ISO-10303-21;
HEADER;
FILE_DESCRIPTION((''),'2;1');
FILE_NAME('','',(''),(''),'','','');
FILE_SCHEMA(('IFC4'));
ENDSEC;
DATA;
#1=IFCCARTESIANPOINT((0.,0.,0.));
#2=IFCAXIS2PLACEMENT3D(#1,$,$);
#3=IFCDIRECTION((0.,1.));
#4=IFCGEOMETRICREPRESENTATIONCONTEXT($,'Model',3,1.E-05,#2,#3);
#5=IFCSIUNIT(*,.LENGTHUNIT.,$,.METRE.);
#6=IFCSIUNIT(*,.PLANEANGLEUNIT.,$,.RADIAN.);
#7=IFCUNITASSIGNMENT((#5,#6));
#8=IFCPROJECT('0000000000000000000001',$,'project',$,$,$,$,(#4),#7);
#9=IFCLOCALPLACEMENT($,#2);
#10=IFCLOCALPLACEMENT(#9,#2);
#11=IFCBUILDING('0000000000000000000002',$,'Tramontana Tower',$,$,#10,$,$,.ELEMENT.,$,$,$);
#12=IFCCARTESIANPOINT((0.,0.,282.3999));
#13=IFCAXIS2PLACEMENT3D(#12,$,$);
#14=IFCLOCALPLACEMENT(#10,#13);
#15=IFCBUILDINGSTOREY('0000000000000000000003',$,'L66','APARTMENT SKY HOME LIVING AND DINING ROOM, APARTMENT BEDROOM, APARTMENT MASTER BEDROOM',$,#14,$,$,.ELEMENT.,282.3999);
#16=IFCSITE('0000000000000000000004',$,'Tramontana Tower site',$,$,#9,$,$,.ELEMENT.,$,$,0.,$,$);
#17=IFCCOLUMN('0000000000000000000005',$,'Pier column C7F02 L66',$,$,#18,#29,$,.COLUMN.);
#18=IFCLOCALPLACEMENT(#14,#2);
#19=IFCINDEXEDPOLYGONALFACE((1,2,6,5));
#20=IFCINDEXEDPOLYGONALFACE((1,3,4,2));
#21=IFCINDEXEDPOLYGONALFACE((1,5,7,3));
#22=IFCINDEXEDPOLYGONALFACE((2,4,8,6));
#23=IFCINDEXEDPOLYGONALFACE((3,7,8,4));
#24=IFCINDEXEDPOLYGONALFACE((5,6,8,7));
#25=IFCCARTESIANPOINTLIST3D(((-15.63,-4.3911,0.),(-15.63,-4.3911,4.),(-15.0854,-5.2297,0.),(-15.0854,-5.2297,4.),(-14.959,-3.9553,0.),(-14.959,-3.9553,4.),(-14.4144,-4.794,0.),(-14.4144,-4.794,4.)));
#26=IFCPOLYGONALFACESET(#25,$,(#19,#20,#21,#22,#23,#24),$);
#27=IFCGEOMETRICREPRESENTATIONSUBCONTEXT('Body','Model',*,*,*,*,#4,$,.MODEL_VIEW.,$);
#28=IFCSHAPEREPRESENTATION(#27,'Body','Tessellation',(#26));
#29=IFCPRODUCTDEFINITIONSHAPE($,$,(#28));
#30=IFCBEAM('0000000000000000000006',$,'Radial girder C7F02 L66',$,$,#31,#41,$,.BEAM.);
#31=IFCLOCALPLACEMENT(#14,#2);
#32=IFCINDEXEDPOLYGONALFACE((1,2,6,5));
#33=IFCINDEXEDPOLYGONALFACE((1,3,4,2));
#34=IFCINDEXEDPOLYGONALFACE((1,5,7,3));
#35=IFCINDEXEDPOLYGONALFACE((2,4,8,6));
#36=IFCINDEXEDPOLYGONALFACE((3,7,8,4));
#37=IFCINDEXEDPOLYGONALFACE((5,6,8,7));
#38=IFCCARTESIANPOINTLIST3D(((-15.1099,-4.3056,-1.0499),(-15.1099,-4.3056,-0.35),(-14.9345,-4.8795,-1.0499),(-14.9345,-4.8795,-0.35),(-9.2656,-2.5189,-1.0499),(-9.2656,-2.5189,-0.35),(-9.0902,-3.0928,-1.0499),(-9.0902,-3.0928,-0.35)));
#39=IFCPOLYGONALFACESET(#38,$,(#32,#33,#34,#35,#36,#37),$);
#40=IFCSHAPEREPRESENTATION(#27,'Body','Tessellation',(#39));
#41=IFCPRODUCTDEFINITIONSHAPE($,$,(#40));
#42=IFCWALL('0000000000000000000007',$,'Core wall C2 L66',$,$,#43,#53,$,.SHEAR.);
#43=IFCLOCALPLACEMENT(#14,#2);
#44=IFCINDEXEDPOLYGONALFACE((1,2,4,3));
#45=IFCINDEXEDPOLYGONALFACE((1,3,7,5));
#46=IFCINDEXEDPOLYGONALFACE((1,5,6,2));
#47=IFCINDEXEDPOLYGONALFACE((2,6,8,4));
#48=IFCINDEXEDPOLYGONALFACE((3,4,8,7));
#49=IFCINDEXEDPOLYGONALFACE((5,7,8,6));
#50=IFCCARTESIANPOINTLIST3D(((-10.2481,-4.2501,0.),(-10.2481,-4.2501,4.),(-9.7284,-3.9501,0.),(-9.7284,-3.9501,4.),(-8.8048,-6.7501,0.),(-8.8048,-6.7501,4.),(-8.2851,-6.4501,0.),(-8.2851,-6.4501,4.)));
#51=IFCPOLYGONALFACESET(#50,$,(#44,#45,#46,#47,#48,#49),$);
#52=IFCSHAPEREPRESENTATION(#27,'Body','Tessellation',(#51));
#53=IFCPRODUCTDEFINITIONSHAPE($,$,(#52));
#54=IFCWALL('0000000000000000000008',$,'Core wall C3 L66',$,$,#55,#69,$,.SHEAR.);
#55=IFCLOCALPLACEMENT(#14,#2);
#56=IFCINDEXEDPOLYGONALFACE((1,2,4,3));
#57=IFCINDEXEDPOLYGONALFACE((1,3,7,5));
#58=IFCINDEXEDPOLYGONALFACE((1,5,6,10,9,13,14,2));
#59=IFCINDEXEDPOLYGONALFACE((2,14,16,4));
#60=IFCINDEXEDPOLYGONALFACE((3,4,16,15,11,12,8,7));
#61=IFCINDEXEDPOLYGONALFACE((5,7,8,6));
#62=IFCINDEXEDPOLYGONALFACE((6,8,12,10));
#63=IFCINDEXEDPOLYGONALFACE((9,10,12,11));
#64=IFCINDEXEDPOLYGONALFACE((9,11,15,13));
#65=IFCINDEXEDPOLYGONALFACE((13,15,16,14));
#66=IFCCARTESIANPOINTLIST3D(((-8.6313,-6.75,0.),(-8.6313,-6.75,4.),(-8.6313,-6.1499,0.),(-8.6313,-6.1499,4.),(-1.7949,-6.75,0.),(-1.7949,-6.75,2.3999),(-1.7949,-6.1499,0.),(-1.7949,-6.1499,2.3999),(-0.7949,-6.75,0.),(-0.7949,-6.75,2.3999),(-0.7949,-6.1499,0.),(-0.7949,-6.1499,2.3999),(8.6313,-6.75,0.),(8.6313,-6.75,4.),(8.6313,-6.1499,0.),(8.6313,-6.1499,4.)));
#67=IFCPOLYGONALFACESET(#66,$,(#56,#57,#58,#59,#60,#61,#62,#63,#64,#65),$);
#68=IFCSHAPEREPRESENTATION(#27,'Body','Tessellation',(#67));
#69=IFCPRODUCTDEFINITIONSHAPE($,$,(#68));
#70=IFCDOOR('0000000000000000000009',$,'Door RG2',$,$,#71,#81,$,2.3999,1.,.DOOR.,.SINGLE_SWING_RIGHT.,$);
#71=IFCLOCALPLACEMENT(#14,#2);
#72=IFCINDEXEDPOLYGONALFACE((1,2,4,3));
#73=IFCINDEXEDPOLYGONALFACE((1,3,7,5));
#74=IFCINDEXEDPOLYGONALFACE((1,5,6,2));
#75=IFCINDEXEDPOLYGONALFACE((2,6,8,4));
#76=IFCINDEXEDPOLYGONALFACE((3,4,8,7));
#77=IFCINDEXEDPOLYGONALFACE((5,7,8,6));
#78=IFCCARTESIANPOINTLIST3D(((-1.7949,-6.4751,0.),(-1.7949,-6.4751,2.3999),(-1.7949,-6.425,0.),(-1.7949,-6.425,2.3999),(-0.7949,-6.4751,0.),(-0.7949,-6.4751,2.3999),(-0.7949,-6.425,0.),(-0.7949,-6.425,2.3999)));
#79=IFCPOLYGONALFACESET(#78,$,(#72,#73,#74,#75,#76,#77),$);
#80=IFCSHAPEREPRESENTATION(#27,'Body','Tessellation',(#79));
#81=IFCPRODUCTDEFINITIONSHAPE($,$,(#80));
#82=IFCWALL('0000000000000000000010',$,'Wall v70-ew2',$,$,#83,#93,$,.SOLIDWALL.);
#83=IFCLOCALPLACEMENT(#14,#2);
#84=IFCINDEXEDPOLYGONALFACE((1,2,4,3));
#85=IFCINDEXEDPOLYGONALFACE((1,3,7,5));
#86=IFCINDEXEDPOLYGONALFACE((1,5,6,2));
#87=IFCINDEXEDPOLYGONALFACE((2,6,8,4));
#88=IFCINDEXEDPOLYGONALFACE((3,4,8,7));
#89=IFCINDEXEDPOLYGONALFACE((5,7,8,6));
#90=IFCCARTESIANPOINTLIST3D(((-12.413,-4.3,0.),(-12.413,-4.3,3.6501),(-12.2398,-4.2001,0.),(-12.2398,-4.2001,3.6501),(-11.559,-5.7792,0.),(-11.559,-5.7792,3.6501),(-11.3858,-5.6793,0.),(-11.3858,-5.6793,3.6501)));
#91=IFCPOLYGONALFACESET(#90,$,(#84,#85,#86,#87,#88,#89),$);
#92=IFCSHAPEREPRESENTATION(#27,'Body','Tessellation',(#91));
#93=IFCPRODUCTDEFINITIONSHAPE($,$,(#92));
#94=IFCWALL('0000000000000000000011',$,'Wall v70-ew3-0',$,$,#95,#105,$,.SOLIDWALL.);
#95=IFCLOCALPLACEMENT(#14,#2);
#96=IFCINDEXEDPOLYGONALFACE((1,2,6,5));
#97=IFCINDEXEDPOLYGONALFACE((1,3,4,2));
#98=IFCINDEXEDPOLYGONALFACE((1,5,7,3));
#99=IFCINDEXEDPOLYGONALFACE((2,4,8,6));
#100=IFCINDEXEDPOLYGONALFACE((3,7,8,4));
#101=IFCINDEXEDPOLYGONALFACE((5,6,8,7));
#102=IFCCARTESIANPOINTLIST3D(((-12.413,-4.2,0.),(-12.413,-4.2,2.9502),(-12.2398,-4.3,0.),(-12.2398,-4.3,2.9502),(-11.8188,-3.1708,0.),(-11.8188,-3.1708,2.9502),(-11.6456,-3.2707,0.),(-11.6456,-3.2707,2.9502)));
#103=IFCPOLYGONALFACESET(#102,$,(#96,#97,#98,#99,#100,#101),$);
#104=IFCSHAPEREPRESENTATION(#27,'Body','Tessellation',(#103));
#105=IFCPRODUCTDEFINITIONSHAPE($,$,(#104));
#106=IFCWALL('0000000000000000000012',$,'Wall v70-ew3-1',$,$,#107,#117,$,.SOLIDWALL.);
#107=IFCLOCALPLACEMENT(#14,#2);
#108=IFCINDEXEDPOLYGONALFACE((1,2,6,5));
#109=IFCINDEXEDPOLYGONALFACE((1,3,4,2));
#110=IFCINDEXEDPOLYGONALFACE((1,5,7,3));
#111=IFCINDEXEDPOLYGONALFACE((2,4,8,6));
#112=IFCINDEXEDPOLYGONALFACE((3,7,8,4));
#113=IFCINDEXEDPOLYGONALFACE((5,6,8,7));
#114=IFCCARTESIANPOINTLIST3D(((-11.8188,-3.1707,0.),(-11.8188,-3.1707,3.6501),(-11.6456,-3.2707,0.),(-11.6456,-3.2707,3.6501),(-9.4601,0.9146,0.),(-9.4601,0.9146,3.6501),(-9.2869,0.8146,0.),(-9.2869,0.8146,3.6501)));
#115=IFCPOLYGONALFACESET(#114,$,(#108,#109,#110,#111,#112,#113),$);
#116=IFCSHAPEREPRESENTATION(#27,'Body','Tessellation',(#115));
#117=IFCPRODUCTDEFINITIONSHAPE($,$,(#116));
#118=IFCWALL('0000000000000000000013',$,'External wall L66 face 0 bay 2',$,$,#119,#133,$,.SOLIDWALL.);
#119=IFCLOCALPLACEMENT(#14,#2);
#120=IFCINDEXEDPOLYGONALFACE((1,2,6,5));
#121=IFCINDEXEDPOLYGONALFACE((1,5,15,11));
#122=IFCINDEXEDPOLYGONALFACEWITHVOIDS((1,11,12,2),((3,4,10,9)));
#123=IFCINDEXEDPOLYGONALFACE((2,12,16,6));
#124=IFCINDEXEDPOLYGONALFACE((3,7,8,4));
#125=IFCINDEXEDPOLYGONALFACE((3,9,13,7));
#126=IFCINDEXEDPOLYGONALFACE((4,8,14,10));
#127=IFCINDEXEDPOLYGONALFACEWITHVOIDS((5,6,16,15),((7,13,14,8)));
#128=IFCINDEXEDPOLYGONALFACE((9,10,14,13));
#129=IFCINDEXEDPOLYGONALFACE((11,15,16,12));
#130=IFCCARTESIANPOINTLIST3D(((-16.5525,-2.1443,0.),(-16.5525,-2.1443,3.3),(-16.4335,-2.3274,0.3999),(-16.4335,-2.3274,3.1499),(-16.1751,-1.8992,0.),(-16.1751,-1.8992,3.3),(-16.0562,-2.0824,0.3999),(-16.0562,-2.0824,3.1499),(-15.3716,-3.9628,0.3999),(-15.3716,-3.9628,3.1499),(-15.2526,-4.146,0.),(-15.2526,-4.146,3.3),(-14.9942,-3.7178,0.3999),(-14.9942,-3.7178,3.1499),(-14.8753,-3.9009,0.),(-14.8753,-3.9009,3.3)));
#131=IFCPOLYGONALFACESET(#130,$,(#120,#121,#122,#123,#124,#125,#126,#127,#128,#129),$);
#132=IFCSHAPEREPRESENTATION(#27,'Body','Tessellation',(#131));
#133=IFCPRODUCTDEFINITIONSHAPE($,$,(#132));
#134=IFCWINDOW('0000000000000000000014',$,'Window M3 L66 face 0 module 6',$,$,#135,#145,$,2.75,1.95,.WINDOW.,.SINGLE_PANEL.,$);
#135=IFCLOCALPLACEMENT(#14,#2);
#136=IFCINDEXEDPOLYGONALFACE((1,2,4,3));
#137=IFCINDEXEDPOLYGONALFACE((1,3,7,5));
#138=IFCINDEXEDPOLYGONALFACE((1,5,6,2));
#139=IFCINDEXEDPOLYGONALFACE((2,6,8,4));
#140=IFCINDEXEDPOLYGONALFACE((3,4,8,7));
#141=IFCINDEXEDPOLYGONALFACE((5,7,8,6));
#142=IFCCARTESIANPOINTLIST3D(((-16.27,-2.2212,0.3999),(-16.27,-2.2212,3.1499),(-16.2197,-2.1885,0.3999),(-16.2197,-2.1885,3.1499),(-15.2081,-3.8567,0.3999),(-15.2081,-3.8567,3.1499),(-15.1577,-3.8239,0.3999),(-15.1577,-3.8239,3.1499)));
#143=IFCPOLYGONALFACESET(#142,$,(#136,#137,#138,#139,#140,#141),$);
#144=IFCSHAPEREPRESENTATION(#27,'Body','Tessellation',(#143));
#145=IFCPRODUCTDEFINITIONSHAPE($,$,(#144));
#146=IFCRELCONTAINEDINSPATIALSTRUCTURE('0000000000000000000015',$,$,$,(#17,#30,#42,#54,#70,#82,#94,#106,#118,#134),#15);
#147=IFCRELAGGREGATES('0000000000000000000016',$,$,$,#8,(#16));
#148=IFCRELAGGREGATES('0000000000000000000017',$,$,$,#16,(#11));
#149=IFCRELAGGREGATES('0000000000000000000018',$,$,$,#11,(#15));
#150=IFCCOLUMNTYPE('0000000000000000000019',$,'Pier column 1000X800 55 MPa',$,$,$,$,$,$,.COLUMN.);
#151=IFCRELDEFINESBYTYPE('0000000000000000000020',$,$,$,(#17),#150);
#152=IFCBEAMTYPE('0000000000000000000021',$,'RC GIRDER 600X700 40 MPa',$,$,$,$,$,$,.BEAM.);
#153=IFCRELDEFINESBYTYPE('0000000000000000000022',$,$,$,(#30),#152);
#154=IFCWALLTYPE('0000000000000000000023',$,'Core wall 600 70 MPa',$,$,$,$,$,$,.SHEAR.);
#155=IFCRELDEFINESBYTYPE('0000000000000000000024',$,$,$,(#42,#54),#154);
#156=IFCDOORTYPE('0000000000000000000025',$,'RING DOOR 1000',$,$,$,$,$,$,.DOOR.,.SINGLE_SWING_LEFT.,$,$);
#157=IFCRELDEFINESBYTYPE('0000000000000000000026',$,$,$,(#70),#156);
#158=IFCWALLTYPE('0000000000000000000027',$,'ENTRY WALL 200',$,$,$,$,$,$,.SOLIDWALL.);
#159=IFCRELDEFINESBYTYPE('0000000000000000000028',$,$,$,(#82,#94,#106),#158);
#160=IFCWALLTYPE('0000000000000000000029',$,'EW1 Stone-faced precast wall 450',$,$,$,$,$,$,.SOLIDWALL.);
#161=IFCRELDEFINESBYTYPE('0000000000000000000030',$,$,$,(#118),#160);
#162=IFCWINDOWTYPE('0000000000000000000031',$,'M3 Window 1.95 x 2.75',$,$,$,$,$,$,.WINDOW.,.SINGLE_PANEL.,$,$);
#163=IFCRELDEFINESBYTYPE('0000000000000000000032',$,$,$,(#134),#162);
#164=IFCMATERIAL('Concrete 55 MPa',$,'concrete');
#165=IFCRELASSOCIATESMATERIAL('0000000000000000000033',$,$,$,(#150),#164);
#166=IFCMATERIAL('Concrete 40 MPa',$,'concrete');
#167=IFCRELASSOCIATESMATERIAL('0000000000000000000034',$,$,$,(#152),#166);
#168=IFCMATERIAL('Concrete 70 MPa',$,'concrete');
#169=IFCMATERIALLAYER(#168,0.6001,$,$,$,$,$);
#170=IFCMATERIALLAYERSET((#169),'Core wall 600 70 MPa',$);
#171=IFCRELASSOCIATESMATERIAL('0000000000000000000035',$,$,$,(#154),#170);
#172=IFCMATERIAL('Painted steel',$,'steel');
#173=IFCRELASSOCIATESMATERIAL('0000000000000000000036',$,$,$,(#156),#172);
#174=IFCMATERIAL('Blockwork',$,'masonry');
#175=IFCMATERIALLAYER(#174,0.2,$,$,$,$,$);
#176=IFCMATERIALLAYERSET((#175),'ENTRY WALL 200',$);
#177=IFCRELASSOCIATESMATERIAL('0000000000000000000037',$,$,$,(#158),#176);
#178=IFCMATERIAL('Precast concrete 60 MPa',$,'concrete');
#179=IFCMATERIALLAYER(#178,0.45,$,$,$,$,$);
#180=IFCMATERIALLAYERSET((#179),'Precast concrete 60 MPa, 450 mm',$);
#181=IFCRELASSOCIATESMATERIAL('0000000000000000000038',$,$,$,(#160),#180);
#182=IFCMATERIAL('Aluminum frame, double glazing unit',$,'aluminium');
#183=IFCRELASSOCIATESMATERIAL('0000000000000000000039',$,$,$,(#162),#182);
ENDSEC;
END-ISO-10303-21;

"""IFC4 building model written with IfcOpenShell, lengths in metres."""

from ifc_helpers import new_model, si_unit, direction, frame, frame_2d, origin, origin_2d, place, context, subcontext, project, spatial, rectangle, extrude, material, layer, layer_set, material_profile, profile_set, type_object, element, fill, save


model = new_model("IFC4")

# Units and contexts
model_context = context("Model", 3, precision=1e-05, world=origin(), true_north=direction((0.0, 1.0)))
body_context = subcontext(model_context, "Body", "Model", "MODEL_VIEW")
ifc_project = project(units=[si_unit("LENGTHUNIT", "METRE"), si_unit("PLANEANGLEUNIT", "RADIAN")], contexts=[model_context])

# Site, building, storey
site_placement = place(None, origin())
site = spatial("IfcSite", under=ifc_project, at=site_placement, Name="Tramontana Tower site", CompositionType="ELEMENT", RefElevation=0.0)
building_placement = place(site_placement, origin())
building = spatial("IfcBuilding", under=site, at=building_placement, Name="Tramontana Tower", CompositionType="ELEMENT")
storey_placement = place(building_placement, frame((0.0, 0.0, 282.3999)))
storey = spatial("IfcBuildingStorey", under=building, at=storey_placement, Name="L66", Description="APARTMENT SKY HOME LIVING AND DINING ROOM, APARTMENT BEDROOM, APARTMENT MASTER BEDROOM", CompositionType="ELEMENT", Elevation=282.3999)

# Column
ifc_material_1 = material(Name="Concrete 55 MPa", Category="concrete")
ifc_material_profile_1 = material_profile(ifc_material_1, rectangle(XDim=1.0, YDim=0.8, at=origin_2d()), Name="Pier column 1000X800 55 MPa")
ifc_profile_set_1 = profile_set([ifc_material_profile_1], Name="Concrete 55 MPa")
column_type = type_object("IfcColumnType", Name="Pier column 1000X800 55 MPa", PredefinedType="COLUMN", material=ifc_profile_set_1)
column_placement = place(storey_placement, frame((-15.0222, -4.5925, 0.0), z_axis=(0.0, 0.0, 1.0), x_axis=(0.544639, -0.838671, 0.0)))
element("IfcColumn", 1, at=column_placement, inside=storey, type_object=column_type, Name="Pier column C7F02 L66", PredefinedType="COLUMN", context=body_context, shape_type="SweptSolid", body=[
    extrude(rectangle(XDim=1.0, YDim=0.8, at=origin_2d()), origin(), (0.0, 0.0, 1.0), 4.0),
])

# Beam
ifc_material_2 = material(Name="Concrete 40 MPa", Category="concrete")
ifc_material_profile_2 = material_profile(ifc_material_2, rectangle(XDim=0.6001, YDim=0.7, at=origin_2d()), Name="RC GIRDER 600X700 40 MPa")
ifc_profile_set_2 = profile_set([ifc_material_profile_2], Name="Concrete 40 MPa")
beam_type = type_object("IfcBeamType", Name="RC GIRDER 600X700 40 MPa", PredefinedType="BEAM", material=ifc_profile_set_2)
beam_placement = place(storey_placement, frame((-15.0222, -4.5925, -0.7), z_axis=(0.956311, 0.29235, 0.0), x_axis=(-0.29235, 0.956311, 0.0)))
element("IfcBeam", 2, at=beam_placement, inside=storey, type_object=beam_type, Name="Radial girder C7F02 L66", PredefinedType="BEAM", context=body_context, shape_type="SweptSolid", body=[
    extrude(rectangle(XDim=0.6001, YDim=0.7, at=origin_2d()), origin(), (0.0, 0.0, 1.0), 6.1113),
])

# Wall
ifc_material_3 = material(Name="Concrete 70 MPa", Category="concrete")
ifc_layer_1 = layer(ifc_material_3, 0.6001)
ifc_layer_set_1 = layer_set([ifc_layer_1], Name="Core wall 600 70 MPa")
wall_type_1 = type_object("IfcWallType", Name="Core wall 600 70 MPa", PredefinedType="SHEAR", material=ifc_layer_set_1)
wall_1_placement = place(storey_placement, frame((-9.9883, -4.1001, 0.0), z_axis=(0.0, 0.0, 1.0), x_axis=(0.499996, -0.866028, 0.0)))
element("IfcWall", 3, at=wall_1_placement, inside=storey, type_object=wall_type_1, Name="Core wall C2 L66", PredefinedType="SHEAR", context=body_context, shape_type="SweptSolid", body=[
    extrude(rectangle(XDim=2.8867, YDim=0.6001, at=frame_2d((1.4434, 0.0))), origin(), (0.0, 0.0, 1.0), 4.0),
])

# Wall, opening, door
wall_2_placement = place(storey_placement, frame((-8.6313, -6.45, 0.0), z_axis=(0.0, 0.0, 1.0), x_axis=(1.0, 0.0, 0.0)))
wall_2 = element("IfcWall", 4, at=wall_2_placement, inside=storey, type_object=wall_type_1, Name="Core wall C3 L66", PredefinedType="SHEAR", context=body_context, shape_type="SweptSolid", body=[
    extrude(rectangle(XDim=17.2627, YDim=0.6001, at=frame_2d((8.6313, 0.0))), origin(), (0.0, 0.0, 1.0), 4.0),
])
opening_1_placement = place(wall_2_placement, frame((6.8364, 0.0, 0.0)))
opening_1 = element("IfcOpeningElement", 5, at=opening_1_placement, cuts=wall_2, PredefinedType="OPENING", context=body_context, shape_type="SweptSolid", body=[
    extrude(rectangle(XDim=1.0, YDim=2.3999, at=frame_2d((0.5, 1.2))), frame((0.0, 0.3101, 0.0), z_axis=(0.0, -1.0, 0.0), x_axis=(1.0, 0.0, 0.0)), (0.0, 0.0, 1.0), 0.6201),
])
ifc_material_4 = material(Name="Painted steel", Category="steel")
door_type_1 = type_object("IfcDoorType", Name="RING DOOR 1000", OperationType="SINGLE_SWING_LEFT", PredefinedType="DOOR", material=ifc_material_4)
door_1_placement = place(opening_1_placement, origin())
door_1 = element("IfcDoor", 6, at=door_1_placement, inside=storey, type_object=door_type_1, Name="Door RG2", OperationType="SINGLE_SWING_RIGHT", OverallHeight=2.3999, OverallWidth=1.0, PredefinedType="DOOR", context=body_context, shape_type="SweptSolid", body=[
    extrude(rectangle(XDim=1.0, YDim=2.3999, at=frame_2d((0.5, 1.2))), frame((0.0, 0.0249, 0.0), z_axis=(0.0, -1.0, 0.0), x_axis=(1.0, 0.0, 0.0)), (0.0, 0.0, 1.0), 0.05),
])
fill(opening_1, door_1)

# Walls
ifc_material_5 = material(Name="Blockwork", Category="masonry")
ifc_layer_2 = layer(ifc_material_5, 0.2)
ifc_layer_set_2 = layer_set([ifc_layer_2], Name="ENTRY WALL 200")
wall_type_2 = type_object("IfcWallType", Name="ENTRY WALL 200", PredefinedType="SOLIDWALL", material=ifc_layer_set_2)
wall_3_placement = place(storey_placement, frame((-11.4724, -5.7292, 0.0), z_axis=(0.0, 0.0, 1.0), x_axis=(-0.499982, 0.866036, 0.0)))
element("IfcWall", 7, at=wall_3_placement, inside=storey, type_object=wall_type_2, Name="Wall v70-ew2", PredefinedType="SOLIDWALL", context=body_context, shape_type="SweptSolid", body=[
    extrude(rectangle(XDim=1.708, YDim=0.2, at=frame_2d((0.854, 0.0))), origin(), (0.0, 0.0, 1.0), 3.6501),
])
wall_4_placement = place(storey_placement, frame((-12.3264, -4.25, 0.0), z_axis=(0.0, 0.0, 1.0), x_axis=(0.499983, 0.866035, 0.0)))
element("IfcWall", 8, at=wall_4_placement, inside=storey, type_object=wall_type_2, Name="Wall v70-ew3-0", PredefinedType="SOLIDWALL", context=body_context, shape_type="SweptSolid", body=[
    extrude(rectangle(XDim=1.1885, YDim=0.2, at=frame_2d((0.5942, 0.0))), origin(), (0.0, 0.0, 1.0), 2.9502),
])
wall_5_placement = place(storey_placement, frame((-11.7322, -3.2207, 0.0), z_axis=(0.0, 0.0, 1.0), x_axis=(0.500008, 0.866021, 0.0)))
element("IfcWall", 9, at=wall_5_placement, inside=storey, type_object=wall_type_2, Name="Wall v70-ew3-1", PredefinedType="SOLIDWALL", context=body_context, shape_type="SweptSolid", body=[
    extrude(rectangle(XDim=4.7173, YDim=0.2, at=frame_2d((2.3586, 0.0))), origin(), (0.0, 0.0, 1.0), 3.6501),
])

# Wall, opening, window
ifc_material_6 = material(Name="Precast concrete 60 MPa", Category="concrete")
ifc_layer_3 = layer(ifc_material_6, 0.45)
ifc_layer_set_3 = layer_set([ifc_layer_3], Name="Precast concrete 60 MPa, 450 mm")
wall_type_3 = type_object("IfcWallType", Name="EW1 Stone-faced precast wall 450", PredefinedType="SOLIDWALL", material=ifc_layer_set_3)
wall_6_placement = place(storey_placement, frame((-16.3638, -2.0217, 0.0), z_axis=(0.0, 0.0, 1.0), x_axis=(0.544604, -0.838694, 0.0)))
wall_6 = element("IfcWall", 10, at=wall_6_placement, inside=storey, type_object=wall_type_3, Name="External wall L66 face 0 bay 2", PredefinedType="SOLIDWALL", context=body_context, shape_type="SweptSolid", body=[
    extrude(rectangle(XDim=2.3867, YDim=0.45, at=frame_2d((1.1934, 0.0))), origin(), (0.0, 0.0, 1.0), 3.3),
])
opening_2_placement = place(wall_6_placement, frame((0.2183, 0.0, 0.3999)))
opening_2 = element("IfcOpeningElement", 11, at=opening_2_placement, cuts=wall_6, PredefinedType="OPENING", context=body_context, shape_type="SweptSolid", body=[
    extrude(rectangle(XDim=1.95, YDim=2.75, at=frame_2d((0.9751, 1.375))), frame((0.0, 0.2349, 0.0), z_axis=(0.0, -1.0, 0.0), x_axis=(1.0, 0.0, 0.0)), (0.0, 0.0, 1.0), 0.47),
])
ifc_material_7 = material(Name="Aluminum frame, double glazing unit", Category="aluminium")
window_type = type_object("IfcWindowType", Name="M3 Window 1.95 x 2.75", PartitioningType="SINGLE_PANEL", PredefinedType="WINDOW", material=ifc_material_7)
window_1_placement = place(opening_2_placement, origin())
window_1 = element("IfcWindow", 12, at=window_1_placement, inside=storey, type_object=window_type, Name="Window M3 L66 face 0 module 6", OverallHeight=2.75, OverallWidth=1.95, PartitioningType="SINGLE_PANEL", PredefinedType="WINDOW", context=body_context, shape_type="SweptSolid", body=[
    extrude(rectangle(XDim=1.95, YDim=2.75, at=frame_2d((0.9751, 1.375))), frame((0.0, 0.03, 0.0), z_axis=(0.0, -1.0, 0.0), x_axis=(1.0, 0.0, 0.0)), (0.0, 0.0, 1.0), 0.0601),
])
fill(opening_2, window_1)

save(model, "model.ifc")
